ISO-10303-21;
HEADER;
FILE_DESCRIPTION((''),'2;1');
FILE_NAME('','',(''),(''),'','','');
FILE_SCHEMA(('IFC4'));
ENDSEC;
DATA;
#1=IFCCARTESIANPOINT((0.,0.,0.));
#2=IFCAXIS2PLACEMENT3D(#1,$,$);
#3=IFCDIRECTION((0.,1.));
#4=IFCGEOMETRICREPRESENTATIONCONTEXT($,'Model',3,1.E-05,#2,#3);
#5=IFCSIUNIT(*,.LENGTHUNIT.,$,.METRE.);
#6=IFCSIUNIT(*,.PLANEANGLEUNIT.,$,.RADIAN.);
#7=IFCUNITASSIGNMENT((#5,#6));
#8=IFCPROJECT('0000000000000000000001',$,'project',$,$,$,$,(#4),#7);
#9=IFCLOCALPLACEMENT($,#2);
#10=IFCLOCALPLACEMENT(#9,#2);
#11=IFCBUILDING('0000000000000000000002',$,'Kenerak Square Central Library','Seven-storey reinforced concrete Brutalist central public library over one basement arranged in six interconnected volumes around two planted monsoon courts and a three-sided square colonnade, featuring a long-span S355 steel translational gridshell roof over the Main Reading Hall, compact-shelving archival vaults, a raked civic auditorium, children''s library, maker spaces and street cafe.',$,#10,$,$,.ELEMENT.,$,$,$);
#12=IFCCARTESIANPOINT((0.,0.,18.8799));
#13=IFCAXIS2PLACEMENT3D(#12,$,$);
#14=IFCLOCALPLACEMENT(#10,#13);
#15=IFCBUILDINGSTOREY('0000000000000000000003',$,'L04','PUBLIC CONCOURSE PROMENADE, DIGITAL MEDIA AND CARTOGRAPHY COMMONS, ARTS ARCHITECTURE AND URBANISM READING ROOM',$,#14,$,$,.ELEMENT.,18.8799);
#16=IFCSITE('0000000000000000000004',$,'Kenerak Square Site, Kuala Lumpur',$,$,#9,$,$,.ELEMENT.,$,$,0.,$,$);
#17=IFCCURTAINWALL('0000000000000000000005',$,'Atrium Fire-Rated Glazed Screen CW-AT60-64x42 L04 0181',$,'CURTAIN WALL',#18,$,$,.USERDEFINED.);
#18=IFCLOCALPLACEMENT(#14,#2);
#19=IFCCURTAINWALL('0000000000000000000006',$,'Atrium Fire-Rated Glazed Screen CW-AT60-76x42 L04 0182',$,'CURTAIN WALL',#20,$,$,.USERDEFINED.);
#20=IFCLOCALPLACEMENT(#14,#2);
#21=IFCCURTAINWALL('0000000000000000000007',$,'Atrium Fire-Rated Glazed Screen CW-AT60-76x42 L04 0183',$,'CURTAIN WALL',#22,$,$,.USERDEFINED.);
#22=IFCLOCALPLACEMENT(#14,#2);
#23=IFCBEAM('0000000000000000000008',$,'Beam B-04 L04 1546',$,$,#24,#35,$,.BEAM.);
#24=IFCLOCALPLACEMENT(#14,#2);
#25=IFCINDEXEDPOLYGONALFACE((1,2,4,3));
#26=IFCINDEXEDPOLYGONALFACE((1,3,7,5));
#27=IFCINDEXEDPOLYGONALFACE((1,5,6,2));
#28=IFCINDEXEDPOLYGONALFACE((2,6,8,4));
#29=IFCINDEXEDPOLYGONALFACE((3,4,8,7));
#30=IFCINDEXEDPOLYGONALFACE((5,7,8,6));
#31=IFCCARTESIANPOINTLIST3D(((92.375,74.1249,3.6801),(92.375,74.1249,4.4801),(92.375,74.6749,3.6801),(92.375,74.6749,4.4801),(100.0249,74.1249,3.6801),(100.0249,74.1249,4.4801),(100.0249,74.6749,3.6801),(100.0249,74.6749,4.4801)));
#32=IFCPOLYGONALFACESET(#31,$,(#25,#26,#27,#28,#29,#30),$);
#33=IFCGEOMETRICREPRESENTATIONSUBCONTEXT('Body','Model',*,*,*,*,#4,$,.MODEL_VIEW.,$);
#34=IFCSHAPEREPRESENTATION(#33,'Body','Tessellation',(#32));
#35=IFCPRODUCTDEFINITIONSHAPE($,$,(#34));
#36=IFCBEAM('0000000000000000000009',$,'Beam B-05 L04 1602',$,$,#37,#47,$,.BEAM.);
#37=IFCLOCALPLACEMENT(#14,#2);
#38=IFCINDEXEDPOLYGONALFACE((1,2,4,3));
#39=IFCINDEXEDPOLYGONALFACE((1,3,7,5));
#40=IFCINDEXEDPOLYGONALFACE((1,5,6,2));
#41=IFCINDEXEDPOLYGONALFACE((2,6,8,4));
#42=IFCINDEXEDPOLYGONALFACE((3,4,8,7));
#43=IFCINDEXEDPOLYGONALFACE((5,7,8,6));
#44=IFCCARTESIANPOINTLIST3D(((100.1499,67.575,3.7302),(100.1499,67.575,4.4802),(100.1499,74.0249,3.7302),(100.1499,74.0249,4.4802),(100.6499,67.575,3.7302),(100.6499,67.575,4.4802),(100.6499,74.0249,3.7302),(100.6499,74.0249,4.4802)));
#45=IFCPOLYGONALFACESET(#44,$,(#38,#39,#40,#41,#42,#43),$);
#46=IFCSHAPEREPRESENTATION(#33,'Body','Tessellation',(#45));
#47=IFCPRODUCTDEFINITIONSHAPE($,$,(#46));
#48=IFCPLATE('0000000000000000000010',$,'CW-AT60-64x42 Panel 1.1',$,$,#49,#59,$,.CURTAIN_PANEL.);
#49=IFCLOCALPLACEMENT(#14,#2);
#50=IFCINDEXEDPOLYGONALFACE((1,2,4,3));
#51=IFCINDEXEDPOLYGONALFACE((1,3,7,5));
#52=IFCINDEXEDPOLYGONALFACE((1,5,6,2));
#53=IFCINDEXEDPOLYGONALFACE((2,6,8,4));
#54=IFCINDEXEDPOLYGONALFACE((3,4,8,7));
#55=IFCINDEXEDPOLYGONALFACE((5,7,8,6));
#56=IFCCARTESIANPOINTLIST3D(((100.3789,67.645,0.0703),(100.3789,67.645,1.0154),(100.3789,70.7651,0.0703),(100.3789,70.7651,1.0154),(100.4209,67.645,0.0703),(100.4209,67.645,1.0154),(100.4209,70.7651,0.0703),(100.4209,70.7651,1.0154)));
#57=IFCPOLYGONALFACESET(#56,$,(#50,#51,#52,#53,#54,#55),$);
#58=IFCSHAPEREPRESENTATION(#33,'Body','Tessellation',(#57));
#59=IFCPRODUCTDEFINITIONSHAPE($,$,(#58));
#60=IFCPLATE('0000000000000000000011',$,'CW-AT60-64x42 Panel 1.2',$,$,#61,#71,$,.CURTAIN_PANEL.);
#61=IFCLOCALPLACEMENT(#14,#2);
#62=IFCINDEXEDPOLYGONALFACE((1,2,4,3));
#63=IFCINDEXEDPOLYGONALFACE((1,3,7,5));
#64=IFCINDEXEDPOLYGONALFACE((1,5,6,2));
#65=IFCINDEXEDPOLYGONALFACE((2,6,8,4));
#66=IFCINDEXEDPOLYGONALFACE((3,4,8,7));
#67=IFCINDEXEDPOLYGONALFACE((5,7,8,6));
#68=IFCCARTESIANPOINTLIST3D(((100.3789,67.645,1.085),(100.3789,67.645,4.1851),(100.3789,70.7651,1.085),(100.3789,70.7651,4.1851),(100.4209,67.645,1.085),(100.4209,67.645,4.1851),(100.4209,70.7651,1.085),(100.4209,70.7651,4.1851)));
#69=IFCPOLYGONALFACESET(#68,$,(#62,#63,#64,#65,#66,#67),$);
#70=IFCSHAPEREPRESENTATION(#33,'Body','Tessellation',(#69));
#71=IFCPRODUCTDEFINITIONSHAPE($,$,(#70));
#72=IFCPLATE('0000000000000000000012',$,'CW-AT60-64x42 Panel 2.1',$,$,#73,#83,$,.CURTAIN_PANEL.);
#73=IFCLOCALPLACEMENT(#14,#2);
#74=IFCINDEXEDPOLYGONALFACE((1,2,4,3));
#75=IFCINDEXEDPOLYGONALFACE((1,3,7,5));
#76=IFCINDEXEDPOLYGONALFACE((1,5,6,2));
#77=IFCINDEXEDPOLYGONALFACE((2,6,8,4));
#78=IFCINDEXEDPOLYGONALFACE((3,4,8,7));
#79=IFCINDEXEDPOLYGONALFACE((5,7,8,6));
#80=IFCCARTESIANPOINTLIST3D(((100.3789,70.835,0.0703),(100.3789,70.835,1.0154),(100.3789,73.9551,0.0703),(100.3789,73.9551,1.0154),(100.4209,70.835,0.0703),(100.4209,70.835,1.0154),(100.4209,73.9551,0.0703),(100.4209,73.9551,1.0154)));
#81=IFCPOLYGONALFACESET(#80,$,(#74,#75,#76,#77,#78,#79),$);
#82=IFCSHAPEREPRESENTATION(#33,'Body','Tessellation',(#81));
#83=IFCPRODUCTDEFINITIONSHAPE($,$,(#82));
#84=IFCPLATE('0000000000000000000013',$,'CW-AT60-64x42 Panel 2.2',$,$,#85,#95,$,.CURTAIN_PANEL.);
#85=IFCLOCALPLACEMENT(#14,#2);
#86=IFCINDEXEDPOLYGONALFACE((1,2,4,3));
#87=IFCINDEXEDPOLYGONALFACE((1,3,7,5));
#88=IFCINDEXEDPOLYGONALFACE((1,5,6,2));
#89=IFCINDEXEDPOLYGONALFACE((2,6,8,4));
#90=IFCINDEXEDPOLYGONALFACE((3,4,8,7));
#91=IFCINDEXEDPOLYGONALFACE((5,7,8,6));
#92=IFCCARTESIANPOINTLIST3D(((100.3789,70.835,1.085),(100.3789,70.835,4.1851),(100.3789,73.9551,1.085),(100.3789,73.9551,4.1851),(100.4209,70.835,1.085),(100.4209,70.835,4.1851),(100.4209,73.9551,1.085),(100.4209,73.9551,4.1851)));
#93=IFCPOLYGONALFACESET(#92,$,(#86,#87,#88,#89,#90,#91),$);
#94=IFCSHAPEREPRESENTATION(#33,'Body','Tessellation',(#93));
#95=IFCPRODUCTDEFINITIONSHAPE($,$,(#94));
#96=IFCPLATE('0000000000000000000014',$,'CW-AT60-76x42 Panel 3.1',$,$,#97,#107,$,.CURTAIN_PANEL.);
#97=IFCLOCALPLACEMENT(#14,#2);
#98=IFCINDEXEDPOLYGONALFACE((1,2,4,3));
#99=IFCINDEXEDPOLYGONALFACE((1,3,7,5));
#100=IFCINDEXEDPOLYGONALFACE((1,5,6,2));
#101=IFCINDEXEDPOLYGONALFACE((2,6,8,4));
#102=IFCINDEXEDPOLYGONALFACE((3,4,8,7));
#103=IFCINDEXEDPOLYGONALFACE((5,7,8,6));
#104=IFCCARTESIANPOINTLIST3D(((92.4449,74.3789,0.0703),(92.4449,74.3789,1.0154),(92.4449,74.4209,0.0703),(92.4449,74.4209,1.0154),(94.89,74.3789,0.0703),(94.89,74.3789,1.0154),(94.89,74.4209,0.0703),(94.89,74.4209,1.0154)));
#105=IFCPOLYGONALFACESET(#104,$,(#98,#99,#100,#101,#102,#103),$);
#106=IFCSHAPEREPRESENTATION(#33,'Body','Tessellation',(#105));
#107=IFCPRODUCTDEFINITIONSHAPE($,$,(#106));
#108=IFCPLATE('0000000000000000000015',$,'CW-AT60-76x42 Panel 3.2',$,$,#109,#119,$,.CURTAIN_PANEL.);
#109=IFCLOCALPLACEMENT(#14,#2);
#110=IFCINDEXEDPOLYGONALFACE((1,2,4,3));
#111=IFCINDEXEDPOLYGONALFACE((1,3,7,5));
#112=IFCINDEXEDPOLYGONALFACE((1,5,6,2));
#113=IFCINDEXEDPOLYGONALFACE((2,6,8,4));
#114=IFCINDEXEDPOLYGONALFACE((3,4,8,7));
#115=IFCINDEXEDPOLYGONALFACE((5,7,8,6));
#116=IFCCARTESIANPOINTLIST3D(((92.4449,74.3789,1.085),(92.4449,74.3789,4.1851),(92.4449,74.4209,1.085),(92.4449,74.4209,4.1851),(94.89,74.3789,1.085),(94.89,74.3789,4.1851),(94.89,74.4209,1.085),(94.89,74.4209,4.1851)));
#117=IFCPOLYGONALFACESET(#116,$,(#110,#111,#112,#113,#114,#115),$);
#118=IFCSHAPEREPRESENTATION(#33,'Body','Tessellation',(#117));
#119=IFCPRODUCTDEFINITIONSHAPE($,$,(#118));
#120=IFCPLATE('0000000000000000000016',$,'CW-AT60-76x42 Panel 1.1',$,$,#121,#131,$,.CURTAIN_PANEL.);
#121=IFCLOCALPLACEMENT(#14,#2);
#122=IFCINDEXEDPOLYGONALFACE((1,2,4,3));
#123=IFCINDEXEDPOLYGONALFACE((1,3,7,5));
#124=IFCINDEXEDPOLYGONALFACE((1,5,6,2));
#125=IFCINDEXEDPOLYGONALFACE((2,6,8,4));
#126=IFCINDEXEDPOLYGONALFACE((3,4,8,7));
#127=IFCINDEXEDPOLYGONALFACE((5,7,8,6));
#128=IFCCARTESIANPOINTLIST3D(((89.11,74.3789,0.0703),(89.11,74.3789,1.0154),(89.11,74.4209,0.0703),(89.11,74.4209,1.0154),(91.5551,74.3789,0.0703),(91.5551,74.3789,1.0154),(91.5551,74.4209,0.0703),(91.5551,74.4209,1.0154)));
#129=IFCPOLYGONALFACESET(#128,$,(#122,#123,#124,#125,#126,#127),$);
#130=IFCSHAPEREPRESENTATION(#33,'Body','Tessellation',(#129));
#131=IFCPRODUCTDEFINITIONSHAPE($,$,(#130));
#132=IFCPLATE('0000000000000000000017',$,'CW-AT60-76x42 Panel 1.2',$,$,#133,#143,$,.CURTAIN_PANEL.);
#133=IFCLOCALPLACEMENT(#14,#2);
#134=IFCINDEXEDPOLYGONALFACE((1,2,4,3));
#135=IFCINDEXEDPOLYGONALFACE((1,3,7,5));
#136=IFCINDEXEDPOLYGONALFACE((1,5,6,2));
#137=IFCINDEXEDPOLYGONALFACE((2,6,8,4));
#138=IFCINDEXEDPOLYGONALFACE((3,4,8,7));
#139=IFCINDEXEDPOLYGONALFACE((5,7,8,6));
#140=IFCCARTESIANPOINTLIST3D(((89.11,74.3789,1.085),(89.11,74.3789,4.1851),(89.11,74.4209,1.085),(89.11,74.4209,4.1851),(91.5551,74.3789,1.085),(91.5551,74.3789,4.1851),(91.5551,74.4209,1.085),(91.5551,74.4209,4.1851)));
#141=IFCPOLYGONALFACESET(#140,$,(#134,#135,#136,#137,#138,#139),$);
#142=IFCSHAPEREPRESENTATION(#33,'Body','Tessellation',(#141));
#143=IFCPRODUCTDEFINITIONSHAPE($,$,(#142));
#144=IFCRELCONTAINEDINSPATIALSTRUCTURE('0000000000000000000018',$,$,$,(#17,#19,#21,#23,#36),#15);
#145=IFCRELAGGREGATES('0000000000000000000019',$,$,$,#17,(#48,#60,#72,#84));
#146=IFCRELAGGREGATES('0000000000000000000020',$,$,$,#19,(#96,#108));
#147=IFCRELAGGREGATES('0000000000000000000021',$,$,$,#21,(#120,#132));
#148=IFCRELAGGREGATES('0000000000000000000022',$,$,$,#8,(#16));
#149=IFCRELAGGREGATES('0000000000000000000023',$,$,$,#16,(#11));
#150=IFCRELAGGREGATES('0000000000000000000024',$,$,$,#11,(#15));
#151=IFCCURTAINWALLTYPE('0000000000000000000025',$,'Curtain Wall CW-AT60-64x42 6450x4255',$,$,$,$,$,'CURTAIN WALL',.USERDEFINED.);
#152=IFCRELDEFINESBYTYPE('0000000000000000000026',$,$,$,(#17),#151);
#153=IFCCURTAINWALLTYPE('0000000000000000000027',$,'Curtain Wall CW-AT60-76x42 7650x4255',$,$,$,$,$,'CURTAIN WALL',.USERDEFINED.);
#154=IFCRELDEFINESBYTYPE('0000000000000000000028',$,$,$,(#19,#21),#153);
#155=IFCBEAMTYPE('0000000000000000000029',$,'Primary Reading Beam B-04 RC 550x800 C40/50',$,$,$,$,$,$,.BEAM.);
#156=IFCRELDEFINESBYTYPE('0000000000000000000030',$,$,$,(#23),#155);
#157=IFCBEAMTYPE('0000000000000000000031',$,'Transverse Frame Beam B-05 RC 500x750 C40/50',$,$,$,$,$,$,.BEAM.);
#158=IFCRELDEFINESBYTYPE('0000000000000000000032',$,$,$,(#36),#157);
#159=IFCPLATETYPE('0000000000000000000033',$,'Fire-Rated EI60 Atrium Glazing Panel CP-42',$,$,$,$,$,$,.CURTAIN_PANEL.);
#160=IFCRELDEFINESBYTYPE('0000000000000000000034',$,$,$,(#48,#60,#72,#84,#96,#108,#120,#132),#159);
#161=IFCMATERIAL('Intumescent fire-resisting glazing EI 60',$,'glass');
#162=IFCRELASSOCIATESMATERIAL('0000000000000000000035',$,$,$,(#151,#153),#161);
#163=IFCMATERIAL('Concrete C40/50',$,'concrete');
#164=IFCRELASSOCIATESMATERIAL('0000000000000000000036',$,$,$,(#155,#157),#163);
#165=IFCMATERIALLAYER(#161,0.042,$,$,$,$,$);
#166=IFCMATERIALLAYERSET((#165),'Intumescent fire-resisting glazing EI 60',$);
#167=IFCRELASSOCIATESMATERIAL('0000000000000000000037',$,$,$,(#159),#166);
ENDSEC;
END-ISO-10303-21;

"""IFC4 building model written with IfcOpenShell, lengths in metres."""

from ifc_helpers import new_model, si_unit, direction, frame, origin, origin_2d, place, context, subcontext, project, spatial, rectangle, extrude, material, layer, layer_set, material_profile, profile_set, type_object, element, aggregate, save


model = new_model("IFC4")

# Units and contexts
model_context = context("Model", 3, precision=1e-05, world=origin(), true_north=direction((0.0, 1.0)))
body_context = subcontext(model_context, "Body", "Model", "MODEL_VIEW")
ifc_project = project(units=[si_unit("LENGTHUNIT", "METRE"), si_unit("PLANEANGLEUNIT", "RADIAN")], contexts=[model_context])

# Site, building, storey
site_placement = place(None, origin())
site = spatial("IfcSite", under=ifc_project, at=site_placement, Name="Kenerak Square Site, Kuala Lumpur", CompositionType="ELEMENT", RefElevation=0.0)
building_placement = place(site_placement, origin())
building = spatial("IfcBuilding", under=site, at=building_placement, Name="Kenerak Square Central Library", Description="Seven-storey reinforced concrete Brutalist central public library over one basement arranged in six interconnected volumes around two planted monsoon courts and a three-sided square colonnade, featuring a long-span S355 steel translational gridshell roof over the Main Reading Hall, compact-shelving archival vaults, a raked civic auditorium, children's library, maker spaces and street cafe.", CompositionType="ELEMENT")
storey_placement = place(building_placement, frame((0.0, 0.0, 18.8799)))
storey = spatial("IfcBuildingStorey", under=building, at=storey_placement, Name="L04", Description="PUBLIC CONCOURSE PROMENADE, DIGITAL MEDIA AND CARTOGRAPHY COMMONS, ARTS ARCHITECTURE AND URBANISM READING ROOM", CompositionType="ELEMENT", Elevation=18.8799)

# Shared definitions
ifc_material_1 = material(Name="Concrete C40/50", Category="concrete")

# Shared definitions
ifc_material_2 = material(Name="Intumescent fire-resisting glazing EI 60", Category="glass")
curtain_wall_type_1 = type_object("IfcCurtainWallType", Name="Curtain Wall CW-AT60-64x42 6450x4255", ElementType="CURTAIN WALL", PredefinedType="USERDEFINED", material=ifc_material_2)

# Curtain wall
curtain_wall_1_placement = place(storey_placement, origin())
curtain_wall_1 = element("IfcCurtainWall", 1, at=curtain_wall_1_placement, inside=storey, type_object=curtain_wall_type_1, Name="Atrium Fire-Rated Glazed Screen CW-AT60-64x42 L04 0181", ObjectType="CURTAIN WALL", PredefinedType="USERDEFINED")

# Curtain wall
curtain_wall_type_2 = type_object("IfcCurtainWallType", Name="Curtain Wall CW-AT60-76x42 7650x4255", ElementType="CURTAIN WALL", PredefinedType="USERDEFINED", material=ifc_material_2)
curtain_wall_2_placement = place(storey_placement, origin())
curtain_wall_2 = element("IfcCurtainWall", 2, at=curtain_wall_2_placement, inside=storey, type_object=curtain_wall_type_2, Name="Atrium Fire-Rated Glazed Screen CW-AT60-76x42 L04 0182", ObjectType="CURTAIN WALL", PredefinedType="USERDEFINED")

# Curtain wall
curtain_wall_3_placement = place(storey_placement, origin())
curtain_wall_3 = element("IfcCurtainWall", 3, at=curtain_wall_3_placement, inside=storey, type_object=curtain_wall_type_2, Name="Atrium Fire-Rated Glazed Screen CW-AT60-76x42 L04 0183", ObjectType="CURTAIN WALL", PredefinedType="USERDEFINED")

# Beams
ifc_material_profile_1 = material_profile(ifc_material_1, rectangle(XDim=0.55, YDim=0.8, at=origin_2d()), Name="RC 550x800")
ifc_profile_set_1 = profile_set([ifc_material_profile_1], Name="Concrete C40/50")
beam_type_1 = type_object("IfcBeamType", Name="Primary Reading Beam B-04 RC 550x800 C40/50", PredefinedType="BEAM", material=ifc_profile_set_1)
beam_1_placement = place(storey_placement, frame((92.375, 74.3999, 4.0801), z_axis=(1.0, 0.0, 0.0), x_axis=(0.0, 1.0, 0.0)))
element("IfcBeam", 4, at=beam_1_placement, inside=storey, type_object=beam_type_1, Name="Beam B-04 L04 1546", PredefinedType="BEAM", context=body_context, shape_type="SweptSolid", body=[
    extrude(rectangle(XDim=0.55, YDim=0.8, at=origin_2d()), origin(), (0.0, 0.0, 1.0), 7.6499),
])
ifc_material_profile_2 = material_profile(ifc_material_1, rectangle(XDim=0.5, YDim=0.75, at=origin_2d()), Name="RC 500x750")
ifc_profile_set_2 = profile_set([ifc_material_profile_2], Name="Concrete C40/50")
beam_type_2 = type_object("IfcBeamType", Name="Transverse Frame Beam B-05 RC 500x750 C40/50", PredefinedType="BEAM", material=ifc_profile_set_2)
beam_2_placement = place(storey_placement, frame((100.3999, 67.575, 4.1052), z_axis=(0.0, 1.0, 0.0), x_axis=(-1.0, 0.0, 0.0)))
element("IfcBeam", 5, at=beam_2_placement, inside=storey, type_object=beam_type_2, Name="Beam B-05 L04 1602", PredefinedType="BEAM", context=body_context, shape_type="SweptSolid", body=[
    extrude(rectangle(XDim=0.5, YDim=0.75, at=origin_2d()), origin(), (0.0, 0.0, 1.0), 6.45),
])

# Plates
ifc_layer = layer(ifc_material_2, 0.042)
ifc_layer_set = layer_set([ifc_layer], Name="Intumescent fire-resisting glazing EI 60")
plate_type = type_object("IfcPlateType", Name="Fire-Rated EI60 Atrium Glazing Panel CP-42", PredefinedType="CURTAIN_PANEL", material=ifc_layer_set)
plate_1_placement = place(storey_placement, frame((100.3999, 69.2051, 0.0703), z_axis=(0.0, 0.0, 1.0), x_axis=(0.0, 1.0, 0.0)))
plate_1 = element("IfcPlate", 6, at=plate_1_placement, type_object=plate_type, Name="CW-AT60-64x42 Panel 1.1", PredefinedType="CURTAIN_PANEL", context=body_context, shape_type="SweptSolid", body=[
    extrude(rectangle(XDim=3.1201, YDim=0.042, at=origin_2d()), origin(), (0.0, 0.0, 1.0), 0.9451),
])
plate_2_placement = place(storey_placement, frame((100.3999, 69.2051, 1.085), z_axis=(0.0, 0.0, 1.0), x_axis=(0.0, 1.0, 0.0)))
plate_2 = element("IfcPlate", 7, at=plate_2_placement, type_object=plate_type, Name="CW-AT60-64x42 Panel 1.2", PredefinedType="CURTAIN_PANEL", context=body_context, shape_type="SweptSolid", body=[
    extrude(rectangle(XDim=3.1201, YDim=0.042, at=origin_2d()), origin(), (0.0, 0.0, 1.0), 3.1001),
])
plate_3_placement = place(storey_placement, frame((100.3999, 72.395, 0.0703), z_axis=(0.0, 0.0, 1.0), x_axis=(0.0, 1.0, 0.0)))
plate_3 = element("IfcPlate", 8, at=plate_3_placement, type_object=plate_type, Name="CW-AT60-64x42 Panel 2.1", PredefinedType="CURTAIN_PANEL", context=body_context, shape_type="SweptSolid", body=[
    extrude(rectangle(XDim=3.1201, YDim=0.042, at=origin_2d()), origin(), (0.0, 0.0, 1.0), 0.9451),
])
plate_4_placement = place(storey_placement, frame((100.3999, 72.395, 1.085), z_axis=(0.0, 0.0, 1.0), x_axis=(0.0, 1.0, 0.0)))
plate_4 = element("IfcPlate", 9, at=plate_4_placement, type_object=plate_type, Name="CW-AT60-64x42 Panel 2.2", PredefinedType="CURTAIN_PANEL", context=body_context, shape_type="SweptSolid", body=[
    extrude(rectangle(XDim=3.1201, YDim=0.042, at=origin_2d()), origin(), (0.0, 0.0, 1.0), 3.1001),
])
aggregate(curtain_wall_1, [plate_1, plate_2, plate_3, plate_4])
plate_5_placement = place(storey_placement, frame((93.6675, 74.3999, 0.0703), z_axis=(0.0, 0.0, 1.0), x_axis=(-1.0, 0.0, 0.0)))
plate_5 = element("IfcPlate", 10, at=plate_5_placement, type_object=plate_type, Name="CW-AT60-76x42 Panel 3.1", PredefinedType="CURTAIN_PANEL", context=body_context, shape_type="SweptSolid", body=[
    extrude(rectangle(XDim=2.4451, YDim=0.042, at=origin_2d()), origin(), (0.0, 0.0, 1.0), 0.9451),
])
plate_6_placement = place(storey_placement, frame((93.6675, 74.3999, 1.085), z_axis=(0.0, 0.0, 1.0), x_axis=(-1.0, 0.0, 0.0)))
plate_6 = element("IfcPlate", 11, at=plate_6_placement, type_object=plate_type, Name="CW-AT60-76x42 Panel 3.2", PredefinedType="CURTAIN_PANEL", context=body_context, shape_type="SweptSolid", body=[
    extrude(rectangle(XDim=2.4451, YDim=0.042, at=origin_2d()), origin(), (0.0, 0.0, 1.0), 3.1001),
])
aggregate(curtain_wall_2, [plate_5, plate_6])
plate_7_placement = place(storey_placement, frame((90.3325, 74.3999, 0.0703), z_axis=(0.0, 0.0, 1.0), x_axis=(-1.0, 0.0, 0.0)))
plate_7 = element("IfcPlate", 12, at=plate_7_placement, type_object=plate_type, Name="CW-AT60-76x42 Panel 1.1", PredefinedType="CURTAIN_PANEL", context=body_context, shape_type="SweptSolid", body=[
    extrude(rectangle(XDim=2.4451, YDim=0.042, at=origin_2d()), origin(), (0.0, 0.0, 1.0), 0.9451),
])
plate_8_placement = place(storey_placement, frame((90.3325, 74.3999, 1.085), z_axis=(0.0, 0.0, 1.0), x_axis=(-1.0, 0.0, 0.0)))
plate_8 = element("IfcPlate", 13, at=plate_8_placement, type_object=plate_type, Name="CW-AT60-76x42 Panel 1.2", PredefinedType="CURTAIN_PANEL", context=body_context, shape_type="SweptSolid", body=[
    extrude(rectangle(XDim=2.4451, YDim=0.042, at=origin_2d()), origin(), (0.0, 0.0, 1.0), 3.1001),
])
aggregate(curtain_wall_3, [plate_7, plate_8])

save(model, "model.ifc")
